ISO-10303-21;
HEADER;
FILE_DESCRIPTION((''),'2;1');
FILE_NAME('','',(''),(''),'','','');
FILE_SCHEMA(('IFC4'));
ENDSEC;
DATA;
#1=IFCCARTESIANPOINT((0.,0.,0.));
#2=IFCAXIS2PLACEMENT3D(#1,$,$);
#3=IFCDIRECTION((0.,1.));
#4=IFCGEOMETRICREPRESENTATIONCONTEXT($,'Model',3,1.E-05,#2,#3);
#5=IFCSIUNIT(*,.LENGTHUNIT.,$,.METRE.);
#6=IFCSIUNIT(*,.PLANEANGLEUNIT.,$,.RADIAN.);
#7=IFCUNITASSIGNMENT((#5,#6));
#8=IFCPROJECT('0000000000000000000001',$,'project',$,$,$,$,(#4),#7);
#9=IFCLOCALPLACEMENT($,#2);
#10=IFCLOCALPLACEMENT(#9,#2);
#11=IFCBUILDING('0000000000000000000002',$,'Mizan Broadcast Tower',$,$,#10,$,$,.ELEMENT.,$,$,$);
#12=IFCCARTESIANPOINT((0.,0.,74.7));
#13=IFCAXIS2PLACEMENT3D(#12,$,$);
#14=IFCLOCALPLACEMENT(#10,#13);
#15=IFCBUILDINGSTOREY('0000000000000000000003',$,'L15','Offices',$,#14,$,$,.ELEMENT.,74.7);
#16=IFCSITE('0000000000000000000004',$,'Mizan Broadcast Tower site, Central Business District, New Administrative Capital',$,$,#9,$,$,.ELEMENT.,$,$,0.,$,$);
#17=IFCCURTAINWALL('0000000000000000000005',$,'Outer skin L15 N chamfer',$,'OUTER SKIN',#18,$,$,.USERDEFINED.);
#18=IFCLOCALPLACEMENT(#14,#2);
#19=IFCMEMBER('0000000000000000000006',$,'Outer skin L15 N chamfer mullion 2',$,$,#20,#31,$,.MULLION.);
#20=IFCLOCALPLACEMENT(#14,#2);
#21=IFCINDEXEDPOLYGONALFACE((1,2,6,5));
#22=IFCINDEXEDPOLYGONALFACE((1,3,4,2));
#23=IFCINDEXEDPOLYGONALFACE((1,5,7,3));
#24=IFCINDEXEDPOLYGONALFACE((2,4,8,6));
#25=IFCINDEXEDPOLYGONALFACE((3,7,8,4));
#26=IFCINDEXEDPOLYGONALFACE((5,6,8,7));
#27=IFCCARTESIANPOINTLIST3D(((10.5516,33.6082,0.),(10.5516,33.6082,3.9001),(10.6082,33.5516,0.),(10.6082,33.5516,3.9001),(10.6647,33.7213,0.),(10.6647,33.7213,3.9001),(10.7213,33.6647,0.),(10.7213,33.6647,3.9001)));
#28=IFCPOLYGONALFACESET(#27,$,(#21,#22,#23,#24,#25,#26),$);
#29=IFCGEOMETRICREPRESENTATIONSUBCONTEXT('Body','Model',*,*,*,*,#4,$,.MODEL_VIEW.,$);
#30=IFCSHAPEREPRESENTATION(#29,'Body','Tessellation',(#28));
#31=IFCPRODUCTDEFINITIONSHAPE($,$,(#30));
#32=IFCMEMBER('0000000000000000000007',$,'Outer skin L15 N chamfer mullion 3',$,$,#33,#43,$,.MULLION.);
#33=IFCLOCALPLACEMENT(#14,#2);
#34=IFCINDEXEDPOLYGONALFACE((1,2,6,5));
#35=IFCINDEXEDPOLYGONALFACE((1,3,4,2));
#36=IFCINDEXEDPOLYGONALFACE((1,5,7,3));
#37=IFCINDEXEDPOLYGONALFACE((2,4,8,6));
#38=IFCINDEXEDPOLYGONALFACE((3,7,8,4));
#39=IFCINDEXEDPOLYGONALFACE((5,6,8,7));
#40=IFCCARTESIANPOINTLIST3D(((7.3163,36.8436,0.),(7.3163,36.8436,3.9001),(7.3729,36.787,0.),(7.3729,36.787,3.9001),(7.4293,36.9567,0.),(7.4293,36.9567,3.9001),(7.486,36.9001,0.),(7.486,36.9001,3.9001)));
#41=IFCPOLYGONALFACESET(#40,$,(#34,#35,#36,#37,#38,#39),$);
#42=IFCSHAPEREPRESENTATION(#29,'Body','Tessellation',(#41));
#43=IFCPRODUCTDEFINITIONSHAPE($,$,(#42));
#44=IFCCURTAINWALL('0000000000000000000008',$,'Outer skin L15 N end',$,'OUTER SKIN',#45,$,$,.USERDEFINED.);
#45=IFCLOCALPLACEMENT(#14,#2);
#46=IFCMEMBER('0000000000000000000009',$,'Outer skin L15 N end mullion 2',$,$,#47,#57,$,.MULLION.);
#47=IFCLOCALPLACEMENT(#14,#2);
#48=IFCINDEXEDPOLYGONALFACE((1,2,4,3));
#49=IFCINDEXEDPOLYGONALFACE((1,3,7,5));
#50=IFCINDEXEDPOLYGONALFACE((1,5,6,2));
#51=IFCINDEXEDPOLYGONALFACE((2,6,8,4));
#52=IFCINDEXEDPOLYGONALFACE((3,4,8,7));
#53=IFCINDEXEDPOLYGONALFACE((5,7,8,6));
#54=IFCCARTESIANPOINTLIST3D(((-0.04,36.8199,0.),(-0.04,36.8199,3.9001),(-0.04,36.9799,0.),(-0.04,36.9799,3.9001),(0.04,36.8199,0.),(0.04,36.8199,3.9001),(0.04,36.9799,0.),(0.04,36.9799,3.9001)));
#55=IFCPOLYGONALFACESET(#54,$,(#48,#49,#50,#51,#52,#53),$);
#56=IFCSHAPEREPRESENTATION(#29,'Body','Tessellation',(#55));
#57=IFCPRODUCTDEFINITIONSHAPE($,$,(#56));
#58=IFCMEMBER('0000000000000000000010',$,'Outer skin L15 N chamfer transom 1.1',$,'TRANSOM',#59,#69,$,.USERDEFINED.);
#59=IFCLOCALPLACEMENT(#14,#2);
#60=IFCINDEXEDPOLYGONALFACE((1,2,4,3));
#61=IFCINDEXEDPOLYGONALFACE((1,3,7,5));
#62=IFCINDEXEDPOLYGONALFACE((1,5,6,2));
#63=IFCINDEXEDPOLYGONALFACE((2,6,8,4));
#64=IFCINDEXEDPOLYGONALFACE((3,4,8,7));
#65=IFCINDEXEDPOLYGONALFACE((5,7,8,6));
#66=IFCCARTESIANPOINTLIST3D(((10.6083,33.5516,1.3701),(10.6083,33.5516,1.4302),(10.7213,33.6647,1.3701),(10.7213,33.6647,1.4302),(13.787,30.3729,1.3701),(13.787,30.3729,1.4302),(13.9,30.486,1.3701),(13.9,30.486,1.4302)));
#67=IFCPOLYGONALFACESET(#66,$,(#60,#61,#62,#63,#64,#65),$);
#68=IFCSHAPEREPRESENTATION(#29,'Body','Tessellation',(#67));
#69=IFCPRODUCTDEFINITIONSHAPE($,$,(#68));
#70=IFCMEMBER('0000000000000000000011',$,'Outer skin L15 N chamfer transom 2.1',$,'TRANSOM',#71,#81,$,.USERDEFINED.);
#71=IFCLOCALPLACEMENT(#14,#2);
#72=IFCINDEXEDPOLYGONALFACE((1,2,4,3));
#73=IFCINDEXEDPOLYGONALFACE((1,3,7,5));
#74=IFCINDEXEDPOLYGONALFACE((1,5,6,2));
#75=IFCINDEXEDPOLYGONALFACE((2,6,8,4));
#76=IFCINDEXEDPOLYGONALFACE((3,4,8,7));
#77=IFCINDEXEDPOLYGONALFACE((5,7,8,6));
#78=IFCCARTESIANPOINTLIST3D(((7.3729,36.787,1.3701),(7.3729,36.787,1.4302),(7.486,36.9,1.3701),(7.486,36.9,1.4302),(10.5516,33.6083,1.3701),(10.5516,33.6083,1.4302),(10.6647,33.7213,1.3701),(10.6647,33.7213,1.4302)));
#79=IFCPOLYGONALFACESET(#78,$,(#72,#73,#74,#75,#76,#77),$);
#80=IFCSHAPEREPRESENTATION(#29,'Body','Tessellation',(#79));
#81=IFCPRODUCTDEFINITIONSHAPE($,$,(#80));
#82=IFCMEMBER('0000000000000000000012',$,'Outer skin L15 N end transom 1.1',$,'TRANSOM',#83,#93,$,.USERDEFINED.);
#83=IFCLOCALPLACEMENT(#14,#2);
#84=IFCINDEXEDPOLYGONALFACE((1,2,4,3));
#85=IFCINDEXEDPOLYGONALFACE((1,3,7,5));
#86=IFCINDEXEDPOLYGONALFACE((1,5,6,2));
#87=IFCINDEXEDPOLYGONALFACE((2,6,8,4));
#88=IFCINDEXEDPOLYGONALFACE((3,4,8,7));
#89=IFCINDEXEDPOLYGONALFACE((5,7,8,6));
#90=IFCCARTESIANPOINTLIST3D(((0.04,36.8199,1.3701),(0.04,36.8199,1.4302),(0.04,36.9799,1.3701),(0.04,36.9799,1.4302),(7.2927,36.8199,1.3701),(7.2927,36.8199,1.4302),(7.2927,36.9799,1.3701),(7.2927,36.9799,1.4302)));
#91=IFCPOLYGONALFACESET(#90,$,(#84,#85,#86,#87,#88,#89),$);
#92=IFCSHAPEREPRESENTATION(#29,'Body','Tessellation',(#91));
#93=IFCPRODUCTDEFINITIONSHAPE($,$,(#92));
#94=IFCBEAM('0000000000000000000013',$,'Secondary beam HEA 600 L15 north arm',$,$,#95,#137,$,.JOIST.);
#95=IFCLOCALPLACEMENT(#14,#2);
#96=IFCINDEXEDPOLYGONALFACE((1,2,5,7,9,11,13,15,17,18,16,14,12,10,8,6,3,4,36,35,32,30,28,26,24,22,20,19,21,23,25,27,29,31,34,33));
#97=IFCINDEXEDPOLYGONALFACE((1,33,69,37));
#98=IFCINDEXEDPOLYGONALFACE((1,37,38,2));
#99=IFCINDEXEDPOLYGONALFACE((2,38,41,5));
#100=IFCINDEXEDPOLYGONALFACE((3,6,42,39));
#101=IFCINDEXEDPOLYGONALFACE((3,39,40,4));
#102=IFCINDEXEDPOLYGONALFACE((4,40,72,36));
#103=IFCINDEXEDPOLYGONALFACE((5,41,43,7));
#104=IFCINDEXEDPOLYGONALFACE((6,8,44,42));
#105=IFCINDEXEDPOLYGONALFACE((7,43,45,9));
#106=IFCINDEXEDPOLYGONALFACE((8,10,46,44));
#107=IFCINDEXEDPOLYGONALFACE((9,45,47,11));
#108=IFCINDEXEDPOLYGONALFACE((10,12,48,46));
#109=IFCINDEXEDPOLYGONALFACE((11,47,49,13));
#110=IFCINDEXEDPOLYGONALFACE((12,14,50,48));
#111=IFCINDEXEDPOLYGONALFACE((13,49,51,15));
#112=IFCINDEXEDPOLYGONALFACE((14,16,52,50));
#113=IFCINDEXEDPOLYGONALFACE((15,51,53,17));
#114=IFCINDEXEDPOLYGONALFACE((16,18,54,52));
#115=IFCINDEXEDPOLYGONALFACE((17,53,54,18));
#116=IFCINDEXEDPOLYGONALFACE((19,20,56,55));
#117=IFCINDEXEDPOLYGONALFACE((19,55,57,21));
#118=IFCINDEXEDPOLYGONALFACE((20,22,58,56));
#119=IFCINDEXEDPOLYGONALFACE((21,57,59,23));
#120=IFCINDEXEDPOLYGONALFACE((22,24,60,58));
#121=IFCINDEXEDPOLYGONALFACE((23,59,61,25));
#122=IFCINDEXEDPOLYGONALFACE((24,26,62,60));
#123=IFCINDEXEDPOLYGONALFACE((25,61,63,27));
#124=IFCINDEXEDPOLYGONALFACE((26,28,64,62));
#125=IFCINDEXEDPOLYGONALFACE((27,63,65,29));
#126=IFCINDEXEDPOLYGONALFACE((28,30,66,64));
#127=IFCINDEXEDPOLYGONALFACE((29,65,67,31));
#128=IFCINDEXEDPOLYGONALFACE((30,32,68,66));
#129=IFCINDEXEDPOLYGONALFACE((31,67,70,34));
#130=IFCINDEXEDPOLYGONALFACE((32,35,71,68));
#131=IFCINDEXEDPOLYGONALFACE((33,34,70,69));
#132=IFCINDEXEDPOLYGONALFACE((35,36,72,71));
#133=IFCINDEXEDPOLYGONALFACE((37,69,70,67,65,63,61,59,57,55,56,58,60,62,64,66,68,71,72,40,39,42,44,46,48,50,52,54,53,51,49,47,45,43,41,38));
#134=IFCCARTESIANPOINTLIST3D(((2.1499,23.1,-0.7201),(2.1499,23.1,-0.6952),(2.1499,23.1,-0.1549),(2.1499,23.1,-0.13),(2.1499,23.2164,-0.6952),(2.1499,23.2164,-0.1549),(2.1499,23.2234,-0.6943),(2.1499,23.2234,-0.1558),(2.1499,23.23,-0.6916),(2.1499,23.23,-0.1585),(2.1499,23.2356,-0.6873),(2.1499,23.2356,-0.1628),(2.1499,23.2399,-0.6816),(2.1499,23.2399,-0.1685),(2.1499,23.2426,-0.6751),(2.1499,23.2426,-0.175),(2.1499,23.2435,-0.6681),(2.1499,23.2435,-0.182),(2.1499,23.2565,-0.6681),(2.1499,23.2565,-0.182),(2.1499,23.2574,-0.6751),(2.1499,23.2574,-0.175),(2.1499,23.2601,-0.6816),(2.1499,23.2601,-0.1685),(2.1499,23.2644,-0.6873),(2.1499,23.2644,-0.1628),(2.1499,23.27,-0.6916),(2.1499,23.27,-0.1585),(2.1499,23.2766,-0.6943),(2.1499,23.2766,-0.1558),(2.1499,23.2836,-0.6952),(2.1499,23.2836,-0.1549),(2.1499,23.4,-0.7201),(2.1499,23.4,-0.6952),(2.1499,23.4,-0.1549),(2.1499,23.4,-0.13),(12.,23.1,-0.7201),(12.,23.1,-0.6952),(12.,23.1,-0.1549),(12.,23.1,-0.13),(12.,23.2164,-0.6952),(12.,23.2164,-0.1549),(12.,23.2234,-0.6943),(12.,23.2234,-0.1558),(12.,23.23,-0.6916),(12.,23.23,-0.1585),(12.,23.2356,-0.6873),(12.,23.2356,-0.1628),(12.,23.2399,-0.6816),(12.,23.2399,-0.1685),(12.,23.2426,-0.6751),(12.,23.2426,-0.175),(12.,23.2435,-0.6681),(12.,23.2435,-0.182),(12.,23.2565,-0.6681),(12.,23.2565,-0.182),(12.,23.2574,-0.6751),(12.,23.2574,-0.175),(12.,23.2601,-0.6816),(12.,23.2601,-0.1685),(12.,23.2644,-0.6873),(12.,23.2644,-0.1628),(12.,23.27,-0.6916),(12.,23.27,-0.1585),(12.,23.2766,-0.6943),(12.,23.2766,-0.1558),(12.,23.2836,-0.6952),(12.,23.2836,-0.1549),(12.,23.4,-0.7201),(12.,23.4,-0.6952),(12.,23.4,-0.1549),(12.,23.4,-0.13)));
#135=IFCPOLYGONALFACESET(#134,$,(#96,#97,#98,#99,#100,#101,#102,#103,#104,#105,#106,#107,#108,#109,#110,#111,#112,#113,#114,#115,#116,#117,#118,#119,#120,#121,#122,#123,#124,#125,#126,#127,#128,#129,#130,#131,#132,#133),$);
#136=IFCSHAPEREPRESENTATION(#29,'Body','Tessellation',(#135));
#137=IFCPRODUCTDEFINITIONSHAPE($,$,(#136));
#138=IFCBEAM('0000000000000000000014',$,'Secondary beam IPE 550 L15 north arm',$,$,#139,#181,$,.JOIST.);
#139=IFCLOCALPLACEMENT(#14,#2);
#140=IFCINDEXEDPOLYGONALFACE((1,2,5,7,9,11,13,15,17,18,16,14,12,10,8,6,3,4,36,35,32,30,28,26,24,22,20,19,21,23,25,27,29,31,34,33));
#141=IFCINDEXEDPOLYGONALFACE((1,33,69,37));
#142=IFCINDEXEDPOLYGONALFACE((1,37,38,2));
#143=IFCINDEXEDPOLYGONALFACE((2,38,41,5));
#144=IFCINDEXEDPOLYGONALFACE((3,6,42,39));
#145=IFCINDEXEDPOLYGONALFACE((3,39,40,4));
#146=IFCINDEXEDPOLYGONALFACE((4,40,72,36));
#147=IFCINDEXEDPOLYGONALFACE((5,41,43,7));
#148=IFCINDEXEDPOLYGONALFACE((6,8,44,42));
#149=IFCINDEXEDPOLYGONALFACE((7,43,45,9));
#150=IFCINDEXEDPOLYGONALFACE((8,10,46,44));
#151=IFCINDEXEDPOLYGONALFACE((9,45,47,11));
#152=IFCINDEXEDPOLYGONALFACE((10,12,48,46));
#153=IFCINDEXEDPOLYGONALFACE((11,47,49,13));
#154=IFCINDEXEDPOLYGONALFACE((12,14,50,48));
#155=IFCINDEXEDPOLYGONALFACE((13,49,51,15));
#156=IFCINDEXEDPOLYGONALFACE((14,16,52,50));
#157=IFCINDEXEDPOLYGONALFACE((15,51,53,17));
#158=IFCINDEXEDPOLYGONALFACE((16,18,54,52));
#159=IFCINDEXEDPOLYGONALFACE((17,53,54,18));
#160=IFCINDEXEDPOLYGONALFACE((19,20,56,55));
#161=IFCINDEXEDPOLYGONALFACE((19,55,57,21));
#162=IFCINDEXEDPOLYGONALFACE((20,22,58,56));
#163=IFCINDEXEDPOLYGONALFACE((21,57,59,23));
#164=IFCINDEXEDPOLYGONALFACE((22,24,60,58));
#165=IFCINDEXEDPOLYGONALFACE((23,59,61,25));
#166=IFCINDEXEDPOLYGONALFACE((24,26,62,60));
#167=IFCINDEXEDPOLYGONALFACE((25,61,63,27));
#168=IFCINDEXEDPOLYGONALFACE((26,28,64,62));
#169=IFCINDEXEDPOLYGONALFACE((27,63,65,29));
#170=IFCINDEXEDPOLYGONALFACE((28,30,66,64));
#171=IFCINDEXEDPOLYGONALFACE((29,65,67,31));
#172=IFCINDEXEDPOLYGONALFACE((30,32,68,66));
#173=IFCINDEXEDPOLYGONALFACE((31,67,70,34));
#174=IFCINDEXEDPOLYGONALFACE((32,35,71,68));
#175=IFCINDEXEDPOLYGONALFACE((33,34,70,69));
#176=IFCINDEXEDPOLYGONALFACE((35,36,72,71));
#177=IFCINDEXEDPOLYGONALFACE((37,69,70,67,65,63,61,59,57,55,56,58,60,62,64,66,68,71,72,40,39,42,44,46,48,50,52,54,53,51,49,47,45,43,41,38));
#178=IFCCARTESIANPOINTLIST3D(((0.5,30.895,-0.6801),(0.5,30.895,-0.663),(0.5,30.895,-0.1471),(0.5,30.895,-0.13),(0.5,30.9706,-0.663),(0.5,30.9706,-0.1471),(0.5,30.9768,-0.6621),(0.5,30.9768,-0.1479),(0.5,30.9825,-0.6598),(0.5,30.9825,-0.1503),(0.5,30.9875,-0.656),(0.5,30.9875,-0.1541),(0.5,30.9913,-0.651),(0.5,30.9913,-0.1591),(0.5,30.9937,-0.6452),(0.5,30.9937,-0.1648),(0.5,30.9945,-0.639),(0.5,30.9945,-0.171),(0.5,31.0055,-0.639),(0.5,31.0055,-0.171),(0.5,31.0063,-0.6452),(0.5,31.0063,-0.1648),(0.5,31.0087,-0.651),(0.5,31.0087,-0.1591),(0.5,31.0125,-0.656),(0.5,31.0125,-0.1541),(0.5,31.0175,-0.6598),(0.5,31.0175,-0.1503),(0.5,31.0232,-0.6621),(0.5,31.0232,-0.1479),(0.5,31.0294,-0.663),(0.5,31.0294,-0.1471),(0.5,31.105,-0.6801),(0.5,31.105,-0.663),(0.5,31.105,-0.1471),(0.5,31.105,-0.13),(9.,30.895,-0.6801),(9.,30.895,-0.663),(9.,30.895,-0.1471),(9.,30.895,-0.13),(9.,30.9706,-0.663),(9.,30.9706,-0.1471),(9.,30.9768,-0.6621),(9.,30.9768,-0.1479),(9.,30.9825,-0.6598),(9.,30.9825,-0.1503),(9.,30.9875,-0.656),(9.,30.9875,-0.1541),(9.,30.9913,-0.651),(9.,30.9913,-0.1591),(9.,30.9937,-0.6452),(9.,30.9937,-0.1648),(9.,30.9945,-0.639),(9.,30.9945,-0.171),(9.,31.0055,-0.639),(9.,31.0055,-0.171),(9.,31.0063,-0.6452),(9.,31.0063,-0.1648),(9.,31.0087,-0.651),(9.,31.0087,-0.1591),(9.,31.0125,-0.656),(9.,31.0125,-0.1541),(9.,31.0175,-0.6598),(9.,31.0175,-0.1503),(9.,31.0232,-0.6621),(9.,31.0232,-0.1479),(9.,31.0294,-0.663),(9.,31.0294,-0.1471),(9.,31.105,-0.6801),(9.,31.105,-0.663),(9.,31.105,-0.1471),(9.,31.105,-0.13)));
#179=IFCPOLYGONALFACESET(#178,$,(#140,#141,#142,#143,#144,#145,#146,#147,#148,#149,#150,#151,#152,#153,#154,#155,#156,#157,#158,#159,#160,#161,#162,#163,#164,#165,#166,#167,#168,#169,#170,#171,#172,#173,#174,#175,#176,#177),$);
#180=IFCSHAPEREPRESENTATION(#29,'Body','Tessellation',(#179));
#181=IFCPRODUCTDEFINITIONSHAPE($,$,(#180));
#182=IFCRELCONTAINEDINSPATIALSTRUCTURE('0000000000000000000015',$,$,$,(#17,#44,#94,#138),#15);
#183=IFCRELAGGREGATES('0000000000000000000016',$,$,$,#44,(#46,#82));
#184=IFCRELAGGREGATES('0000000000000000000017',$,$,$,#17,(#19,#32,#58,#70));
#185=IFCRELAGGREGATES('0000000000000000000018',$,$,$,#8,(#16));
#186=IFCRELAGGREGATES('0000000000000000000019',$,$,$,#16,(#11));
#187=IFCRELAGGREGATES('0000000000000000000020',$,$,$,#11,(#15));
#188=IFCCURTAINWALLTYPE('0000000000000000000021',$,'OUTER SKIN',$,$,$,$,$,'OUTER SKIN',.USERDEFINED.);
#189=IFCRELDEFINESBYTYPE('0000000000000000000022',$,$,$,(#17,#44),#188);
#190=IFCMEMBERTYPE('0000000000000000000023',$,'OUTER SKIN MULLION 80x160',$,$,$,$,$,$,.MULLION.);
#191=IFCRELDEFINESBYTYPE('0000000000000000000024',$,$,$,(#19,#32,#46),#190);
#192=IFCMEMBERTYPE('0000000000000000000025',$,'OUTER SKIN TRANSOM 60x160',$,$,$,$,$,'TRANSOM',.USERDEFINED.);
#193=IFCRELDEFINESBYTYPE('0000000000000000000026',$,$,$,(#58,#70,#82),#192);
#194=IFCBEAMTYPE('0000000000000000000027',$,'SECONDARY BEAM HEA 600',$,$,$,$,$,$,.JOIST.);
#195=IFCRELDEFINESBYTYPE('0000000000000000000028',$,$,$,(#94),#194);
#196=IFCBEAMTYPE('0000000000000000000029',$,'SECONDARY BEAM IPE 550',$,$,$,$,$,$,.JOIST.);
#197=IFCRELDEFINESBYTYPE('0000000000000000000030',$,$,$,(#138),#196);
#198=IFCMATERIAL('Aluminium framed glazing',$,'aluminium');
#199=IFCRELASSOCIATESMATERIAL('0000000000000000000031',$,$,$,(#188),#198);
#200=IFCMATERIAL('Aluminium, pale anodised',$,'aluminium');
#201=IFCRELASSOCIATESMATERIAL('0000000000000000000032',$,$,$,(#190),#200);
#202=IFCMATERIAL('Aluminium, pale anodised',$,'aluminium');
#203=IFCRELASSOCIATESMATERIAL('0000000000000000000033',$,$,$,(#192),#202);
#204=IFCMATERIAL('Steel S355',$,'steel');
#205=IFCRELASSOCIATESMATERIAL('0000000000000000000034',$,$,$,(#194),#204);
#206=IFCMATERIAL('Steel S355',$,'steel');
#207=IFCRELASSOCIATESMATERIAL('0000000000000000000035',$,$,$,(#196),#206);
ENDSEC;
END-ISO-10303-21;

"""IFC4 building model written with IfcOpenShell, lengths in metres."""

from ifc_helpers import new_model, si_unit, direction, frame, origin, origin_2d, place, context, subcontext, project, spatial, rectangle, i_section, extrude, material, material_profile, profile_set, type_object, element, aggregate, save


model = new_model("IFC4")

# Units and contexts
model_context = context("Model", 3, precision=1e-05, world=origin(), true_north=direction((0.0, 1.0)))
body_context = subcontext(model_context, "Body", "Model", "MODEL_VIEW")
ifc_project = project(units=[si_unit("LENGTHUNIT", "METRE"), si_unit("PLANEANGLEUNIT", "RADIAN")], contexts=[model_context])

# Site, building, storey
site_placement = place(None, origin())
site = spatial("IfcSite", under=ifc_project, at=site_placement, Name="Mizan Broadcast Tower site, Central Business District, New Administrative Capital", CompositionType="ELEMENT", RefElevation=0.0)
building_placement = place(site_placement, origin())
building = spatial("IfcBuilding", under=site, at=building_placement, Name="Mizan Broadcast Tower", CompositionType="ELEMENT")
storey_placement = place(building_placement, frame((0.0, 0.0, 74.7)))
storey = spatial("IfcBuildingStorey", under=building, at=storey_placement, Name="L15", Description="Offices", CompositionType="ELEMENT", Elevation=74.7)

# Curtain wall, members
ifc_material_1 = material(Name="Aluminium framed glazing", Category="aluminium")
curtain_wall_type_1 = type_object("IfcCurtainWallType", Name="OUTER SKIN", ElementType="OUTER SKIN", PredefinedType="USERDEFINED", material=ifc_material_1)
curtain_wall_1_placement = place(storey_placement, origin())
curtain_wall_1 = element("IfcCurtainWall", 1, at=curtain_wall_1_placement, inside=storey, type_object=curtain_wall_type_1, Name="Outer skin L15 N chamfer", ObjectType="OUTER SKIN", PredefinedType="USERDEFINED")
ifc_material_2 = material(Name="Aluminium, pale anodised", Category="aluminium")
ifc_material_profile_1 = material_profile(ifc_material_2, rectangle(XDim=0.1599, YDim=0.0801, at=origin_2d()), Name="MULLION 160x80")
ifc_profile_set_1 = profile_set([ifc_material_profile_1], Name="Aluminium, pale anodised")
member_type_1 = type_object("IfcMemberType", Name="OUTER SKIN MULLION 80x160", PredefinedType="MULLION", material=ifc_profile_set_1)
member_1_placement = place(storey_placement, frame((10.6365, 33.6365, 0.0), z_axis=(0.0, 0.0, 1.0), x_axis=(-0.707107, -0.707107, 0.0)))
member_1 = element("IfcMember", 2, at=member_1_placement, type_object=member_type_1, Name="Outer skin L15 N chamfer mullion 2", PredefinedType="MULLION", context=body_context, shape_type="SweptSolid", body=[
    extrude(rectangle(XDim=0.1599, YDim=0.0801, at=origin_2d()), origin(), (0.0, 0.0, 1.0), 3.9001),
])
member_2_placement = place(storey_placement, frame((7.4011, 36.8718, 0.0), z_axis=(0.0, 0.0, 1.0), x_axis=(-0.707107, -0.707107, 0.0)))
member_2 = element("IfcMember", 3, at=member_2_placement, type_object=member_type_1, Name="Outer skin L15 N chamfer mullion 3", PredefinedType="MULLION", context=body_context, shape_type="SweptSolid", body=[
    extrude(rectangle(XDim=0.1599, YDim=0.0801, at=origin_2d()), origin(), (0.0, 0.0, 1.0), 3.9001),
])

# Curtain wall, member
curtain_wall_2_placement = place(storey_placement, origin())
curtain_wall_2 = element("IfcCurtainWall", 4, at=curtain_wall_2_placement, inside=storey, type_object=curtain_wall_type_1, Name="Outer skin L15 N end", ObjectType="OUTER SKIN", PredefinedType="USERDEFINED")
member_3_placement = place(storey_placement, frame((0.0, 36.8999, 0.0), z_axis=(0.0, 0.0, 1.0), x_axis=(0.0, -1.0, 0.0)))
member_3 = element("IfcMember", 5, at=member_3_placement, type_object=member_type_1, Name="Outer skin L15 N end mullion 2", PredefinedType="MULLION", context=body_context, shape_type="SweptSolid", body=[
    extrude(rectangle(XDim=0.1599, YDim=0.0801, at=origin_2d()), origin(), (0.0, 0.0, 1.0), 3.9001),
])

# Members
ifc_material_3 = material(Name="Aluminium, pale anodised", Category="aluminium")
ifc_material_profile_2 = material_profile(ifc_material_3, rectangle(XDim=0.1599, YDim=0.0601, at=origin_2d()), Name="TRANSOM 160x60")
ifc_profile_set_2 = profile_set([ifc_material_profile_2], Name="Aluminium, pale anodised")
member_type_2 = type_object("IfcMemberType", Name="OUTER SKIN TRANSOM 60x160", ElementType="TRANSOM", PredefinedType="USERDEFINED", material=ifc_profile_set_2)
member_4_placement = place(storey_placement, frame((13.8435, 30.4294, 1.4001), z_axis=(-0.707107, 0.707107, 0.0), x_axis=(-0.707107, -0.707107, 0.0)))
member_4 = element("IfcMember", 6, at=member_4_placement, type_object=member_type_2, Name="Outer skin L15 N chamfer transom 1.1", ObjectType="TRANSOM", PredefinedType="USERDEFINED", context=body_context, shape_type="SweptSolid", body=[
    extrude(rectangle(XDim=0.1599, YDim=0.0601, at=origin_2d()), origin(), (0.0, 0.0, 1.0), 4.4954),
])
member_5_placement = place(storey_placement, frame((10.6082, 33.6648, 1.4001), z_axis=(-0.707107, 0.707107, 0.0), x_axis=(-0.707107, -0.707107, 0.0)))
member_5 = element("IfcMember", 7, at=member_5_placement, type_object=member_type_2, Name="Outer skin L15 N chamfer transom 2.1", ObjectType="TRANSOM", PredefinedType="USERDEFINED", context=body_context, shape_type="SweptSolid", body=[
    extrude(rectangle(XDim=0.1599, YDim=0.0601, at=origin_2d()), origin(), (0.0, 0.0, 1.0), 4.4954),
])
member_6_placement = place(storey_placement, frame((7.2927, 36.8999, 1.4001), z_axis=(-1.0, 0.0, 0.0), x_axis=(0.0, -1.0, 0.0)))
member_6 = element("IfcMember", 8, at=member_6_placement, type_object=member_type_2, Name="Outer skin L15 N end transom 1.1", ObjectType="TRANSOM", PredefinedType="USERDEFINED", context=body_context, shape_type="SweptSolid", body=[
    extrude(rectangle(XDim=0.1599, YDim=0.0601, at=origin_2d()), origin(), (0.0, 0.0, 1.0), 7.2527),
])

# Beams
ifc_material_4 = material(Name="Steel S355", Category="steel")
ifc_material_profile_3 = material_profile(ifc_material_4, i_section(OverallWidth=0.3, OverallDepth=0.5901, WebThickness=0.0129, FlangeThickness=0.0249, FilletRadius=0.0271, at=origin_2d()), Name="HEA 600")
ifc_profile_set_3 = profile_set([ifc_material_profile_3], Name="Steel S355")
beam_type_1 = type_object("IfcBeamType", Name="SECONDARY BEAM HEA 600", PredefinedType="JOIST", material=ifc_profile_set_3)
beam_1_placement = place(storey_placement, frame((12.0, 23.25, -0.425), z_axis=(-1.0, 0.0, 0.0), x_axis=(0.0, -1.0, 0.0)))
element("IfcBeam", 9, at=beam_1_placement, inside=storey, type_object=beam_type_1, Name="Secondary beam HEA 600 L15 north arm", PredefinedType="JOIST", context=body_context, shape_type="SweptSolid", body=[
    extrude(i_section(OverallWidth=0.3, OverallDepth=0.5901, WebThickness=0.0129, FlangeThickness=0.0249, FilletRadius=0.0271, at=origin_2d()), origin(), (0.0, 0.0, 1.0), 9.8501),
])
ifc_material_5 = material(Name="Steel S355", Category="steel")
ifc_material_profile_4 = material_profile(ifc_material_5, i_section(OverallWidth=0.21, OverallDepth=0.55, WebThickness=0.011, FlangeThickness=0.0171, FilletRadius=0.0239, at=origin_2d()), Name="IPE 550")
ifc_profile_set_4 = profile_set([ifc_material_profile_4], Name="Steel S355")
beam_type_2 = type_object("IfcBeamType", Name="SECONDARY BEAM IPE 550", PredefinedType="JOIST", material=ifc_profile_set_4)
beam_2_placement = place(storey_placement, frame((9.0, 31.0, -0.405), z_axis=(-1.0, 0.0, 0.0), x_axis=(0.0, -1.0, 0.0)))
element("IfcBeam", 10, at=beam_2_placement, inside=storey, type_object=beam_type_2, Name="Secondary beam IPE 550 L15 north arm", PredefinedType="JOIST", context=body_context, shape_type="SweptSolid", body=[
    extrude(i_section(OverallWidth=0.21, OverallDepth=0.55, WebThickness=0.011, FlangeThickness=0.0171, FilletRadius=0.0239, at=origin_2d()), origin(), (0.0, 0.0, 1.0), 8.5),
])

aggregate(curtain_wall_2, [member_3, member_6])
aggregate(curtain_wall_1, [member_1, member_2, member_4, member_5])

save(model, "model.ifc")
